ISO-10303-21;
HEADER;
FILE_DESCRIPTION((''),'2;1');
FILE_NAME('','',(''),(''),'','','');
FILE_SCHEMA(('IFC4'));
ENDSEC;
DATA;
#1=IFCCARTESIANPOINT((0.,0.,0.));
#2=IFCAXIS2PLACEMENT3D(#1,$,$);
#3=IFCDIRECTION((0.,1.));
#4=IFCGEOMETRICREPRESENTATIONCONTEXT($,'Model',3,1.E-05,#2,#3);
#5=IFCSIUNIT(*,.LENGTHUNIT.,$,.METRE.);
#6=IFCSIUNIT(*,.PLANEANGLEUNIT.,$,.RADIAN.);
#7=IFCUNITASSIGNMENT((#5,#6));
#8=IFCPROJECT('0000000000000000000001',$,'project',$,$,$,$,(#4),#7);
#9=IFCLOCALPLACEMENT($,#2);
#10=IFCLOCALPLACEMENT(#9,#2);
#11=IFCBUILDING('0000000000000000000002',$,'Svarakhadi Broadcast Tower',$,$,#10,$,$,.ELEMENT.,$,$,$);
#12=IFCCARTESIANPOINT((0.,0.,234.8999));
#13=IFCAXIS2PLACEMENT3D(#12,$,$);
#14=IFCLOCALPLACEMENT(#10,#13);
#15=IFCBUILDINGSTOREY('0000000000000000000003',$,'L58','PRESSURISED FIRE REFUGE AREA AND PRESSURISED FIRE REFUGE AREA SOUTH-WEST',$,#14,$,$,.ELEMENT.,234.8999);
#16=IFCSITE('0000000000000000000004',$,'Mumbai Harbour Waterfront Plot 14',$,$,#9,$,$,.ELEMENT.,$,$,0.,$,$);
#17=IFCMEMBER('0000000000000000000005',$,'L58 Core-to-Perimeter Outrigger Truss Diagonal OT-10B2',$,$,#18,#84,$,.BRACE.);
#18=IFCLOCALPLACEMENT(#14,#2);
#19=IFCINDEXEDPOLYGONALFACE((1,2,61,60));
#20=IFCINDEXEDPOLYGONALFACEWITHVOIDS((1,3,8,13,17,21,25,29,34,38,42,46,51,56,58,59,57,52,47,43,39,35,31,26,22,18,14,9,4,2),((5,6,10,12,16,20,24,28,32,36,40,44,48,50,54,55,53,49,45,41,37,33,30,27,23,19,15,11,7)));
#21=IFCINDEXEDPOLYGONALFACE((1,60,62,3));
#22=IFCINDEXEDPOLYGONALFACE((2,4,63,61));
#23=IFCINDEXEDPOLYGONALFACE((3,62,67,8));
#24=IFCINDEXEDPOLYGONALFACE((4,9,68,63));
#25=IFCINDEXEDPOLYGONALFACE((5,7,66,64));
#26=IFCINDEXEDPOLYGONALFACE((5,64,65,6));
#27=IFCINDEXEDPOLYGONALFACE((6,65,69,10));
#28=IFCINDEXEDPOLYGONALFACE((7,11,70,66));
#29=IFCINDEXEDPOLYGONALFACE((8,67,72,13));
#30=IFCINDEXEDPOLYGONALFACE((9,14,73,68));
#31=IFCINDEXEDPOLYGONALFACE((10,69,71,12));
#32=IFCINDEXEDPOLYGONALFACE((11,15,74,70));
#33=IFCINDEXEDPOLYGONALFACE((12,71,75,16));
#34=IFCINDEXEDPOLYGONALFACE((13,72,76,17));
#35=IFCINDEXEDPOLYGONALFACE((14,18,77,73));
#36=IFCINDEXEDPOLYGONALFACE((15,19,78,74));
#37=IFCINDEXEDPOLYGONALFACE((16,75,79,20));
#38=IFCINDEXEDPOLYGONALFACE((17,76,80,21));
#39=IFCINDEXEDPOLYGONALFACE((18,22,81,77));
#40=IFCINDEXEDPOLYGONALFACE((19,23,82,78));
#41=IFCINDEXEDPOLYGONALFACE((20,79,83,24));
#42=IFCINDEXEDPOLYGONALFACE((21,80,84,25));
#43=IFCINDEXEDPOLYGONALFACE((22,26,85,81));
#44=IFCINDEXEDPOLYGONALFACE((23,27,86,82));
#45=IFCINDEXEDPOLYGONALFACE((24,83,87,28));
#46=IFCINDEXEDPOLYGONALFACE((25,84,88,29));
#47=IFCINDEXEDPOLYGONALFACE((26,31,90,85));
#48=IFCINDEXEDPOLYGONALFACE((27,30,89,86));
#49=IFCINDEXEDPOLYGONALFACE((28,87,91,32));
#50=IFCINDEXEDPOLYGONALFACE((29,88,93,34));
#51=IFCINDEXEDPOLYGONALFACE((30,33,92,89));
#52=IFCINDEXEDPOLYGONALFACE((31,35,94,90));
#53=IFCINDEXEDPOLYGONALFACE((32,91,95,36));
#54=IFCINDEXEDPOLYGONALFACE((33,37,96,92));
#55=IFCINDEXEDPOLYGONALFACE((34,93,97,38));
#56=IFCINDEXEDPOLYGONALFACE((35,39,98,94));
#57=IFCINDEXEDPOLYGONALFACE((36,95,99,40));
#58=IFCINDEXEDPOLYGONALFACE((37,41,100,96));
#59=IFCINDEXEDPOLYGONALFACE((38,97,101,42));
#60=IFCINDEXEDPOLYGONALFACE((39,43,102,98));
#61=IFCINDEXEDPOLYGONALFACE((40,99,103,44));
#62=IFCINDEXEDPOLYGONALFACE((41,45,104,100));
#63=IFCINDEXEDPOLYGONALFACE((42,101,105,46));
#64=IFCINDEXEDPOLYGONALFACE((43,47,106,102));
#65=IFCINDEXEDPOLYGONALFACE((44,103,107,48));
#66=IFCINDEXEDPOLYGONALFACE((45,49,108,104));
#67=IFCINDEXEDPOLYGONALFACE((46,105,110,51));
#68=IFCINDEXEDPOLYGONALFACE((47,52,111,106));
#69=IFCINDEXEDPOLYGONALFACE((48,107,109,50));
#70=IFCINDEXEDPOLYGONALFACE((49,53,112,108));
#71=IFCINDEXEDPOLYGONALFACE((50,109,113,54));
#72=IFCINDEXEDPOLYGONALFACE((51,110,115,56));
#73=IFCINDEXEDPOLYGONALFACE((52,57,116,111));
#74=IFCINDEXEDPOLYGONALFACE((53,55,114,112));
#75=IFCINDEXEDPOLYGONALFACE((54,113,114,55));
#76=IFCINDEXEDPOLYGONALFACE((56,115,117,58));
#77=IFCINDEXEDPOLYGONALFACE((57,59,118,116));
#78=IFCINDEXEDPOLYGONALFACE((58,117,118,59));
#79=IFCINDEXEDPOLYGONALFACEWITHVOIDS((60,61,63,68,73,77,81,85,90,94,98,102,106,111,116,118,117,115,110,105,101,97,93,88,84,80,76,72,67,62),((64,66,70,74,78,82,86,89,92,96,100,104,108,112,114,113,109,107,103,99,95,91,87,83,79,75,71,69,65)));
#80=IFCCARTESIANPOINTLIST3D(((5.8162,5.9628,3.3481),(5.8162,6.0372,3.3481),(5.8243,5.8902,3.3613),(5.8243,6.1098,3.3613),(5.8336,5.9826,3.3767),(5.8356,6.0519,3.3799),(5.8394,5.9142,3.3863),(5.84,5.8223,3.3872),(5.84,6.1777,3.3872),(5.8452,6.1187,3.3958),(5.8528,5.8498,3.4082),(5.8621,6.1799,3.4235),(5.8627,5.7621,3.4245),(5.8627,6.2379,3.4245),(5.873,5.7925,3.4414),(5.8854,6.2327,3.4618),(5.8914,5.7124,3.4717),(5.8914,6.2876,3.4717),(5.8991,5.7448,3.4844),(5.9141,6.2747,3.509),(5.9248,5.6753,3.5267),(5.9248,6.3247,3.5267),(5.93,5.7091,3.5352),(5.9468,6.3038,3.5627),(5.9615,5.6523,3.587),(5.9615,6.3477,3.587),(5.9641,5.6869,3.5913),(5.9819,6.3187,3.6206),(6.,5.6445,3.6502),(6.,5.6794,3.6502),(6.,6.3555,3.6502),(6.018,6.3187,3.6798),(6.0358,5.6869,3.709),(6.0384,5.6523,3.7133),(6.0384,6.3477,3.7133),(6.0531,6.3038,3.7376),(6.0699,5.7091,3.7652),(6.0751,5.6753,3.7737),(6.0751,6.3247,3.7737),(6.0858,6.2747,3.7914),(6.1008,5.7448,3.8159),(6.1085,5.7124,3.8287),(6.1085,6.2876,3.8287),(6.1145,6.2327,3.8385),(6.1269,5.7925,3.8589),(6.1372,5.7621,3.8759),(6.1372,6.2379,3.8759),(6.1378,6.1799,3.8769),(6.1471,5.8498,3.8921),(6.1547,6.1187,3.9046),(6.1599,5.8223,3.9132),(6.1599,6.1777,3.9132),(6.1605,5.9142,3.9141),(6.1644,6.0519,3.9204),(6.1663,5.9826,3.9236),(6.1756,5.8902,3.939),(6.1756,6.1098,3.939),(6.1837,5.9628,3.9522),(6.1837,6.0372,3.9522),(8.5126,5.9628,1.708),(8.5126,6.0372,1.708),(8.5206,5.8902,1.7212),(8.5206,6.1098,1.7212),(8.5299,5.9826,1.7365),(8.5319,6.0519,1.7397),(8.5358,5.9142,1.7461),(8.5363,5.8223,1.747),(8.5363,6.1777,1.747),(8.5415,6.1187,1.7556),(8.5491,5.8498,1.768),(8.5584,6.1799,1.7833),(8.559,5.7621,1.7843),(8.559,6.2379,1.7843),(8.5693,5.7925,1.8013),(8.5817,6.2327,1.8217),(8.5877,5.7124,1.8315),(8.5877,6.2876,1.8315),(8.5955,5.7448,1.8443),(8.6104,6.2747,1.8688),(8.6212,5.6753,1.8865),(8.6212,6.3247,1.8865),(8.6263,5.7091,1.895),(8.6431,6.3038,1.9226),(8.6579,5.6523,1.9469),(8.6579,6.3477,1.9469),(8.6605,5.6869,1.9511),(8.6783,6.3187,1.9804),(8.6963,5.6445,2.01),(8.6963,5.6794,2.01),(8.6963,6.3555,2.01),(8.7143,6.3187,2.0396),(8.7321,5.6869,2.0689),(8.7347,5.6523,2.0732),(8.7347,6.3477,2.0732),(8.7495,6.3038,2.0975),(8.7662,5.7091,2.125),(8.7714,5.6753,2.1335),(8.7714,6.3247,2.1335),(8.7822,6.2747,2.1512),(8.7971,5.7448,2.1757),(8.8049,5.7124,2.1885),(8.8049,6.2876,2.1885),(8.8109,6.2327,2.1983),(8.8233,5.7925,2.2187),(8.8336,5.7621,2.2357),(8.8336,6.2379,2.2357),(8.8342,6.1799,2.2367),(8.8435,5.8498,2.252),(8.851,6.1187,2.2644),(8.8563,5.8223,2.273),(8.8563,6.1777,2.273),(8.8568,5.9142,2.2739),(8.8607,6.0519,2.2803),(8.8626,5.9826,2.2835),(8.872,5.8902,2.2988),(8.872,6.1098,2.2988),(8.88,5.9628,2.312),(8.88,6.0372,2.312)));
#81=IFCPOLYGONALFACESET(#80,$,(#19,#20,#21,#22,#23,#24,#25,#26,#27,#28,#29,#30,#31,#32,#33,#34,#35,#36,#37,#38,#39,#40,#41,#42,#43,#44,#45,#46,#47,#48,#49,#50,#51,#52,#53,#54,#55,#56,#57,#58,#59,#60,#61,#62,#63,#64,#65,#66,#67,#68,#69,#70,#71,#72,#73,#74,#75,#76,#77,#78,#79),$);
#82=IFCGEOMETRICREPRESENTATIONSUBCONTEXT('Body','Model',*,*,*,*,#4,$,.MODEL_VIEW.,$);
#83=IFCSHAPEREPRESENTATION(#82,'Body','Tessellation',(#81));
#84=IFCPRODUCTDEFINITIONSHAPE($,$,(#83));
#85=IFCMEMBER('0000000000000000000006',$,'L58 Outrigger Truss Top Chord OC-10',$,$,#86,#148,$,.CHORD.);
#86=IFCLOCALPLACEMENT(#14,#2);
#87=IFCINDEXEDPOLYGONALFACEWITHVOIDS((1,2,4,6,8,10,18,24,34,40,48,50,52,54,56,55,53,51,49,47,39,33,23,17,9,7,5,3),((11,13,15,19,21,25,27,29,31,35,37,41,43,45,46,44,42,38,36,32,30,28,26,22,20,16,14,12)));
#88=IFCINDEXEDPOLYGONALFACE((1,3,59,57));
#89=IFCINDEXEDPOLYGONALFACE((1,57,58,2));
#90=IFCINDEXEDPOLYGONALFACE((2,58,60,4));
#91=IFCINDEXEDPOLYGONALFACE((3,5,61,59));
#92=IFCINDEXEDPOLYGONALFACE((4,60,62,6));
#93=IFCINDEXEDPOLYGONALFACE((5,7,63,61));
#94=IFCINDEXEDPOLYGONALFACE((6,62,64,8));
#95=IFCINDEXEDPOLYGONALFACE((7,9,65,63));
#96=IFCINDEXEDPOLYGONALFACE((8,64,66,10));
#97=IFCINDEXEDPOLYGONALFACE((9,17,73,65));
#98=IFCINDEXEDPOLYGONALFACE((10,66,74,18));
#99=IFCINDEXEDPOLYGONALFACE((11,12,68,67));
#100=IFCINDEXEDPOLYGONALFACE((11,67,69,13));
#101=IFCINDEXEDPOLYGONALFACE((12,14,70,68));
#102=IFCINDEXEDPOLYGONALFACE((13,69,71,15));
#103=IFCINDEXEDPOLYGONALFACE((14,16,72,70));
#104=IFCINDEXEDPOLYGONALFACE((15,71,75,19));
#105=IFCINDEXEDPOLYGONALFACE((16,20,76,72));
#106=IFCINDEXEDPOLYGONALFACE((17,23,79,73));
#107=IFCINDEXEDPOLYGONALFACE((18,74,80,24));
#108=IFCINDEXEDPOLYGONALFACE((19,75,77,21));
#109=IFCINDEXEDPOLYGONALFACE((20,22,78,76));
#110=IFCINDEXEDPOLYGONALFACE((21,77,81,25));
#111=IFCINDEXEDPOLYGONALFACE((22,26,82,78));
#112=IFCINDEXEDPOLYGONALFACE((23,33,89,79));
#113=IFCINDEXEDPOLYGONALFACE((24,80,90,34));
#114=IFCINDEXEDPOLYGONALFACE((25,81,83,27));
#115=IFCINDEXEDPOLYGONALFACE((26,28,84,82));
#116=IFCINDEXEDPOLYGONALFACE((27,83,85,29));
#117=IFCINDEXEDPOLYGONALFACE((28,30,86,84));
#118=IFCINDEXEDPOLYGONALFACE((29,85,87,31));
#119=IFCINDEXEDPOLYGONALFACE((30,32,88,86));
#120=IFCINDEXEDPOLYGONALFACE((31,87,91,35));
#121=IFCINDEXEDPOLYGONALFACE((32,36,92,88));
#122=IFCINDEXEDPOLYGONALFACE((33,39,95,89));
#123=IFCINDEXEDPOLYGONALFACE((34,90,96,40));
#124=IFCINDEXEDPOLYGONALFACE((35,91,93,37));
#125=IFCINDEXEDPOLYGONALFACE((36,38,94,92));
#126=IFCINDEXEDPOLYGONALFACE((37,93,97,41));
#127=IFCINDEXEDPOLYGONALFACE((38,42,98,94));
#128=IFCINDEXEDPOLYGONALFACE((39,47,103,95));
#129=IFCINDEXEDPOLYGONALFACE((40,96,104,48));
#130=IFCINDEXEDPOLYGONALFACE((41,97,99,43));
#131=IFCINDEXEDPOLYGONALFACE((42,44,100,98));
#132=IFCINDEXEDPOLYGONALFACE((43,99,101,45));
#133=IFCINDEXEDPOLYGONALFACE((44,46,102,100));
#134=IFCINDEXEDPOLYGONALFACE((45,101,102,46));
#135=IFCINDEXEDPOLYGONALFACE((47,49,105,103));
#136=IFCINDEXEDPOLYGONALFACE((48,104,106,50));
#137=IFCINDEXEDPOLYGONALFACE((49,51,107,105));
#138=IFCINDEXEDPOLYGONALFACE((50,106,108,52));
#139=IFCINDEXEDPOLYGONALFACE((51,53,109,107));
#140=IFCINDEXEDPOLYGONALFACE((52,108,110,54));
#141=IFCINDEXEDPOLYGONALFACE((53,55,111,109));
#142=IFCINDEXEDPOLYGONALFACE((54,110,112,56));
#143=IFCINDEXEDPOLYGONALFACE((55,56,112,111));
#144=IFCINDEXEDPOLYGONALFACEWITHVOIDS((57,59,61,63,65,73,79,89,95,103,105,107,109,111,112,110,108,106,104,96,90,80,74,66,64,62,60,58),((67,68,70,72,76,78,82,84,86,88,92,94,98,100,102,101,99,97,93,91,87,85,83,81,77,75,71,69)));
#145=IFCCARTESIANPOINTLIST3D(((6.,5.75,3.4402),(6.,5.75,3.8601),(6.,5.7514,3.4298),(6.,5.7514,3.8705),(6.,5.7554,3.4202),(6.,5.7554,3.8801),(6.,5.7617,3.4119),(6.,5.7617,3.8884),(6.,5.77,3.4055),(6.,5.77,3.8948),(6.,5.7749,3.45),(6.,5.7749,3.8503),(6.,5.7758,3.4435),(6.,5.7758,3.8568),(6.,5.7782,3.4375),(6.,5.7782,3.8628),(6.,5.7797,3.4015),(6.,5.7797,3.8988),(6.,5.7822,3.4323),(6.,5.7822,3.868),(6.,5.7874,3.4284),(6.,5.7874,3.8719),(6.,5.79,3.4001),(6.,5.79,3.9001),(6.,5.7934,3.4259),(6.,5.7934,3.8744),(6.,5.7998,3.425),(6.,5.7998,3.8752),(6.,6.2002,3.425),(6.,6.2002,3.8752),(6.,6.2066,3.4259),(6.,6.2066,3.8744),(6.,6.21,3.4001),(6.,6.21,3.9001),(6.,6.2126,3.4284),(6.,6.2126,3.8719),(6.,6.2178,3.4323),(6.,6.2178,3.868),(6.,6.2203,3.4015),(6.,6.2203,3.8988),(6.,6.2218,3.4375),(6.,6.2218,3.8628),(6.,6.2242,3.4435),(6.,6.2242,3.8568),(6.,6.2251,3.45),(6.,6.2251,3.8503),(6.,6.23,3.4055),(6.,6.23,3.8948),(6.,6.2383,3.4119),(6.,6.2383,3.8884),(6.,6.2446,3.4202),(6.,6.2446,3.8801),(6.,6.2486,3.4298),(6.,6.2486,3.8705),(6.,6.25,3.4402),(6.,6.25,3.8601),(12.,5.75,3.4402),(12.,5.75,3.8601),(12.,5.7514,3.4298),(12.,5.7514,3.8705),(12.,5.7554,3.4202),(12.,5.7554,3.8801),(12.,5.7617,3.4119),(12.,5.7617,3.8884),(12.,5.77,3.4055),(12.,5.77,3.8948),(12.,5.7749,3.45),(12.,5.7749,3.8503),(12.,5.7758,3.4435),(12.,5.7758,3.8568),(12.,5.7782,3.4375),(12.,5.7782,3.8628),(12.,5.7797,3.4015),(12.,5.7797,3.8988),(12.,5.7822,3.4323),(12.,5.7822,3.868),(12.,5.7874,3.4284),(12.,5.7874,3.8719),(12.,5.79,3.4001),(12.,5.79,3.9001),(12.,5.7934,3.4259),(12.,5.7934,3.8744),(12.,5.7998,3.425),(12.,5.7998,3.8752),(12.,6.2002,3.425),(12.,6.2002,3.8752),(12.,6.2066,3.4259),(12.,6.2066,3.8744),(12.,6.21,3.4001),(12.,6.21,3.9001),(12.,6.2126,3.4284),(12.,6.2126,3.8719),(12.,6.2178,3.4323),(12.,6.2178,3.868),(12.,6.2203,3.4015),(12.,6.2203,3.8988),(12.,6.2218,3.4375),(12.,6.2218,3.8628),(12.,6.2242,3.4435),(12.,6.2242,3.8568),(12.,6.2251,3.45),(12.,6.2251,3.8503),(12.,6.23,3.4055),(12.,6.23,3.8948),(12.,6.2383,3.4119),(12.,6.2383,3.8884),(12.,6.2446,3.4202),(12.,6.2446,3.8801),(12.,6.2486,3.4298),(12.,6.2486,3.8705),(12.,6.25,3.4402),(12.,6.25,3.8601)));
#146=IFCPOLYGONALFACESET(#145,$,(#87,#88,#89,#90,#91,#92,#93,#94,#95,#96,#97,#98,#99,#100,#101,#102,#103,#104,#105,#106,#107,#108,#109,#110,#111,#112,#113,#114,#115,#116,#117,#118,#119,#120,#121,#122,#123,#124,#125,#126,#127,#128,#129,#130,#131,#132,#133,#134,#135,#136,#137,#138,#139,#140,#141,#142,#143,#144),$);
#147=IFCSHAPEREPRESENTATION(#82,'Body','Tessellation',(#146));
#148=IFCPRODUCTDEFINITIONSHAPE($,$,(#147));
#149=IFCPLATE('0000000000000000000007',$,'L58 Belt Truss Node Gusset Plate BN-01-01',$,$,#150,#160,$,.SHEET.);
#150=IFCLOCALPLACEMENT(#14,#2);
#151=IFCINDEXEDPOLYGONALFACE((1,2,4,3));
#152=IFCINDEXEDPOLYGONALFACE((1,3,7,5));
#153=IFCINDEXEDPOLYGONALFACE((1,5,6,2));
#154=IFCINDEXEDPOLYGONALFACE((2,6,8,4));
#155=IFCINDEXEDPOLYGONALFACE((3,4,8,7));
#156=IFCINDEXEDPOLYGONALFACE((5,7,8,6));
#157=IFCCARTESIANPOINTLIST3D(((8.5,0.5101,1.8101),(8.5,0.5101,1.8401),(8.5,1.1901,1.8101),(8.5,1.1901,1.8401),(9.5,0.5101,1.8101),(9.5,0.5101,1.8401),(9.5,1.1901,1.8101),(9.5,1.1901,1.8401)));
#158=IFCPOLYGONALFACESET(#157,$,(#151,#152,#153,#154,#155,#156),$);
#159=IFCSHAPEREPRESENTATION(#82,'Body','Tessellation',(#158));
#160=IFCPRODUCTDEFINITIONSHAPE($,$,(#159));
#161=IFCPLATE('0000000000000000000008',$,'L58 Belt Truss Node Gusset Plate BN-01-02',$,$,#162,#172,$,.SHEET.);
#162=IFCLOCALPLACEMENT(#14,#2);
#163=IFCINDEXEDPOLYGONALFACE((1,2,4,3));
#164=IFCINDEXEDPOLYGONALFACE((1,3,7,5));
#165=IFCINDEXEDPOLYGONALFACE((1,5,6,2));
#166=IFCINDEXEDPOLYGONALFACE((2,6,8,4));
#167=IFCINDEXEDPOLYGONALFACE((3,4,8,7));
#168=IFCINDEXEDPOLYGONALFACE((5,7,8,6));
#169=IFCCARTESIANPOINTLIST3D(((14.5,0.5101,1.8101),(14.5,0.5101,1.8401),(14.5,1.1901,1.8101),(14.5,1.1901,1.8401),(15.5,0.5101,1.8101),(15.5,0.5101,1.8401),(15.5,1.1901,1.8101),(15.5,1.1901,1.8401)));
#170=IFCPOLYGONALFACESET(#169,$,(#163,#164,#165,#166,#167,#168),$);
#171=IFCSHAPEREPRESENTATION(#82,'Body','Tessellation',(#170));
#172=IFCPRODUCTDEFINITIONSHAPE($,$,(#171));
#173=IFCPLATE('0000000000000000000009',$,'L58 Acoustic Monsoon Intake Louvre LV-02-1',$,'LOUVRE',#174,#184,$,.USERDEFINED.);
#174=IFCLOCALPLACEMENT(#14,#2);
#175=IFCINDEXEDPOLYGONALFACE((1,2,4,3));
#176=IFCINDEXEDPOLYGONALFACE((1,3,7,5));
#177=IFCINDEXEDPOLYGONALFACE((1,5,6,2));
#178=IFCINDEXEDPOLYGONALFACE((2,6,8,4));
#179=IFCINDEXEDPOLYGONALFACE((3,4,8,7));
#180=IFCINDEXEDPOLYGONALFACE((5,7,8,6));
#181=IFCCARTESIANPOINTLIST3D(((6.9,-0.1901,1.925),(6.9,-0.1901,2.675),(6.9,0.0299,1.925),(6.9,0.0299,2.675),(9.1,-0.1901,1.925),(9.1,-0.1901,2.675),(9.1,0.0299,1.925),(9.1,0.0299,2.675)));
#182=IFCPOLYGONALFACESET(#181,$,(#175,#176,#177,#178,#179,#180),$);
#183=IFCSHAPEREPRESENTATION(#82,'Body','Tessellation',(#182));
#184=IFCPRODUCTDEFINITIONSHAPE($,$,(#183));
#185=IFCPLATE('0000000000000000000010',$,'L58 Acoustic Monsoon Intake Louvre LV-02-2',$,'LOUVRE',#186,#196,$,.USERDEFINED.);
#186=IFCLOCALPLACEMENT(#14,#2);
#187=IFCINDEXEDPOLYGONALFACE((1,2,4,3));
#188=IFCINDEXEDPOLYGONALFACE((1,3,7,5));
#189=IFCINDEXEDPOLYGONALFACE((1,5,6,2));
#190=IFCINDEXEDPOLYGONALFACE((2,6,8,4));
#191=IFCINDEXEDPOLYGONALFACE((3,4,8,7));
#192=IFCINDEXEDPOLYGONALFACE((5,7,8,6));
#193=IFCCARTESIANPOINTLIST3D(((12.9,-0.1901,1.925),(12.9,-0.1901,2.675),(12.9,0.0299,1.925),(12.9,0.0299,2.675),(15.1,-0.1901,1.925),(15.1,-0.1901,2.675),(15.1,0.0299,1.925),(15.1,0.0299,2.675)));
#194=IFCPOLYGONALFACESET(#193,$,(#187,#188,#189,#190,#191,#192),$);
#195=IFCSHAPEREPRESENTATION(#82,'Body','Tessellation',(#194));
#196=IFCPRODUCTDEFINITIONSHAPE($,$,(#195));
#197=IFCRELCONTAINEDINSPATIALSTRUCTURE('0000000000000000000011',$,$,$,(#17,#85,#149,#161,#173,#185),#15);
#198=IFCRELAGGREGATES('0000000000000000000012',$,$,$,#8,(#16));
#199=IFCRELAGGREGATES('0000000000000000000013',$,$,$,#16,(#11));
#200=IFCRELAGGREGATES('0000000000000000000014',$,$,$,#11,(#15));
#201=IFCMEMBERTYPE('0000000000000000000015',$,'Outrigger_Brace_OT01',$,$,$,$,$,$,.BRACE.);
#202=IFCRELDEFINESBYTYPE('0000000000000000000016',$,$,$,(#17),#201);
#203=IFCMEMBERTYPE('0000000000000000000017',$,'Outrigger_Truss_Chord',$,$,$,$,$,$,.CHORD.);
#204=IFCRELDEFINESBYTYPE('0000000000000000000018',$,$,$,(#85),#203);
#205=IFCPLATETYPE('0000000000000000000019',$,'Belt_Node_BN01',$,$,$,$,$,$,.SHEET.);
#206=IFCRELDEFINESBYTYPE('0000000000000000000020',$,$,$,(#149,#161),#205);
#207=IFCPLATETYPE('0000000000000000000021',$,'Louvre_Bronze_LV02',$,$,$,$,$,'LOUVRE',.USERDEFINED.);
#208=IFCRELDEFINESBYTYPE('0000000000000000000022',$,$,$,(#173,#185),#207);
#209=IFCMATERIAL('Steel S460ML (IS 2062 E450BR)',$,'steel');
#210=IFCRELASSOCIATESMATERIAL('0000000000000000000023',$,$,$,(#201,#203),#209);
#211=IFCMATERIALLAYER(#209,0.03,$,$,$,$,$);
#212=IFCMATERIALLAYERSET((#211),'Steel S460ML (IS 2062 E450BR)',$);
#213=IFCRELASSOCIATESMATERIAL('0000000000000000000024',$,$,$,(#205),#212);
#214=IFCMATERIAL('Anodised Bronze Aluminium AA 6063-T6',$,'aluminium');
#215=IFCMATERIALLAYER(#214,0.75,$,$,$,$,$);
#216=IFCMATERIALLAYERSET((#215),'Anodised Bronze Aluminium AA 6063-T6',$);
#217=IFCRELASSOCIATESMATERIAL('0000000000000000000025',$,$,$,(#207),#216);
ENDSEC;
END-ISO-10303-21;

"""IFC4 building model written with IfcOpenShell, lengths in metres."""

from ifc_helpers import new_model, si_unit, direction, frame, origin, origin_2d, place, context, subcontext, project, spatial, rectangle, hollow_rectangle, hollow_circle, extrude, material, layer, layer_set, material_profile, profile_set, type_object, element, save


model = new_model("IFC4")

# Units and contexts
model_context = context("Model", 3, precision=1e-05, world=origin(), true_north=direction((0.0, 1.0)))
body_context = subcontext(model_context, "Body", "Model", "MODEL_VIEW")
ifc_project = project(units=[si_unit("LENGTHUNIT", "METRE"), si_unit("PLANEANGLEUNIT", "RADIAN")], contexts=[model_context])

# Site, building, storey
site_placement = place(None, origin())
site = spatial("IfcSite", under=ifc_project, at=site_placement, Name="Mumbai Harbour Waterfront Plot 14", CompositionType="ELEMENT", RefElevation=0.0)
building_placement = place(site_placement, origin())
building = spatial("IfcBuilding", under=site, at=building_placement, Name="Svarakhadi Broadcast Tower", CompositionType="ELEMENT")
storey_placement = place(building_placement, frame((0.0, 0.0, 234.8999)))
storey = spatial("IfcBuildingStorey", under=building, at=storey_placement, Name="L58", Description="PRESSURISED FIRE REFUGE AREA AND PRESSURISED FIRE REFUGE AREA SOUTH-WEST", CompositionType="ELEMENT", Elevation=234.8999)

# Shared definitions
ifc_material_1 = material(Name="Steel S460ML (IS 2062 E450BR)", Category="steel")

# Members
ifc_material_profile_1 = material_profile(ifc_material_1, hollow_circle(Radius=0.3555, WallThickness=0.0349, at=origin_2d()), Name="CHS 711x35")
ifc_profile_set_1 = profile_set([ifc_material_profile_1], Name="Steel S460ML (IS 2062 E450BR)")
member_type_1 = type_object("IfcMemberType", Name="Outrigger_Brace_OT01", PredefinedType="BRACE", material=ifc_profile_set_1)
member_1_placement = place(storey_placement, frame((8.6963, 6.0, 2.01), z_axis=(-0.854351, 0.0, 0.519697), x_axis=(0.0, -1.0, 0.0)))
element("IfcMember", 1, at=member_1_placement, inside=storey, type_object=member_type_1, Name="L58 Core-to-Perimeter Outrigger Truss Diagonal OT-10B2", PredefinedType="BRACE", context=body_context, shape_type="SweptSolid", body=[
    extrude(hollow_circle(Radius=0.3555, WallThickness=0.0349, at=origin_2d()), origin(), (0.0, 0.0, 1.0), 3.156),
])
ifc_material_profile_2 = material_profile(ifc_material_1, hollow_rectangle(XDim=0.5, YDim=0.5, WallThickness=0.0249, InnerFilletRadius=0.0249, OuterFilletRadius=0.04, at=origin_2d()), Name="SHS 500x500x25")
ifc_profile_set_2 = profile_set([ifc_material_profile_2], Name="Steel S460ML (IS 2062 E450BR)")
member_type_2 = type_object("IfcMemberType", Name="Outrigger_Truss_Chord", PredefinedType="CHORD", material=ifc_profile_set_2)
member_2_placement = place(storey_placement, frame((6.0, 6.0, 3.6501), z_axis=(1.0, 0.0, 0.0), x_axis=(0.0, 1.0, 0.0)))
element("IfcMember", 2, at=member_2_placement, inside=storey, type_object=member_type_2, Name="L58 Outrigger Truss Top Chord OC-10", PredefinedType="CHORD", context=body_context, shape_type="SweptSolid", body=[
    extrude(hollow_rectangle(XDim=0.5, YDim=0.5, WallThickness=0.0249, InnerFilletRadius=0.0249, OuterFilletRadius=0.04, at=origin_2d()), origin(), (0.0, 0.0, 1.0), 6.0),
])

# Plates
ifc_layer_1 = layer(ifc_material_1, 0.03)
ifc_layer_set_1 = layer_set([ifc_layer_1], Name="Steel S460ML (IS 2062 E450BR)")
plate_type_1 = type_object("IfcPlateType", Name="Belt_Node_BN01", PredefinedType="SHEET", material=ifc_layer_set_1)
for number, where, z_axis, x_axis, name in (
    (3, (9.0, 0.8501, 1.8101), (0.0, 0.0, 1.0), (1.0, 0.0, 0.0), "L58 Belt Truss Node Gusset Plate BN-01-01"),
    (4, (15.0, 0.8501, 1.8101), (0.0, 0.0, 1.0), (1.0, 0.0, 0.0), "L58 Belt Truss Node Gusset Plate BN-01-02"),
):
    element("IfcPlate", number, at=place(storey_placement, frame(where, z_axis=z_axis, x_axis=x_axis)), inside=storey, type_object=plate_type_1, Name=name, PredefinedType="SHEET", context=body_context, shape_type="SweptSolid", body=[
        extrude(rectangle(XDim=1.0, YDim=0.6799, at=origin_2d()), origin(), (0.0, 0.0, 1.0), 0.03),
    ])
ifc_material_2 = material(Name="Anodised Bronze Aluminium AA 6063-T6", Category="aluminium")
ifc_layer_2 = layer(ifc_material_2, 0.75)
ifc_layer_set_2 = layer_set([ifc_layer_2], Name="Anodised Bronze Aluminium AA 6063-T6")
plate_type_2 = type_object("IfcPlateType", Name="Louvre_Bronze_LV02", ElementType="LOUVRE", PredefinedType="USERDEFINED", material=ifc_layer_set_2)
for number, where, z_axis, x_axis, name in (
    (5, (8.0, -0.0801, 1.925), (0.0, 0.0, 1.0), (1.0, 0.0, 0.0), "L58 Acoustic Monsoon Intake Louvre LV-02-1"),
    (6, (14.0, -0.0801, 1.925), (0.0, 0.0, 1.0), (1.0, 0.0, 0.0), "L58 Acoustic Monsoon Intake Louvre LV-02-2"),
):
    element("IfcPlate", number, at=place(storey_placement, frame(where, z_axis=z_axis, x_axis=x_axis)), inside=storey, type_object=plate_type_2, Name=name, ObjectType="LOUVRE", PredefinedType="USERDEFINED", context=body_context, shape_type="SweptSolid", body=[
        extrude(rectangle(XDim=2.2, YDim=0.22, at=origin_2d()), origin(), (0.0, 0.0, 1.0), 0.75),
    ])

save(model, "model.ifc")
